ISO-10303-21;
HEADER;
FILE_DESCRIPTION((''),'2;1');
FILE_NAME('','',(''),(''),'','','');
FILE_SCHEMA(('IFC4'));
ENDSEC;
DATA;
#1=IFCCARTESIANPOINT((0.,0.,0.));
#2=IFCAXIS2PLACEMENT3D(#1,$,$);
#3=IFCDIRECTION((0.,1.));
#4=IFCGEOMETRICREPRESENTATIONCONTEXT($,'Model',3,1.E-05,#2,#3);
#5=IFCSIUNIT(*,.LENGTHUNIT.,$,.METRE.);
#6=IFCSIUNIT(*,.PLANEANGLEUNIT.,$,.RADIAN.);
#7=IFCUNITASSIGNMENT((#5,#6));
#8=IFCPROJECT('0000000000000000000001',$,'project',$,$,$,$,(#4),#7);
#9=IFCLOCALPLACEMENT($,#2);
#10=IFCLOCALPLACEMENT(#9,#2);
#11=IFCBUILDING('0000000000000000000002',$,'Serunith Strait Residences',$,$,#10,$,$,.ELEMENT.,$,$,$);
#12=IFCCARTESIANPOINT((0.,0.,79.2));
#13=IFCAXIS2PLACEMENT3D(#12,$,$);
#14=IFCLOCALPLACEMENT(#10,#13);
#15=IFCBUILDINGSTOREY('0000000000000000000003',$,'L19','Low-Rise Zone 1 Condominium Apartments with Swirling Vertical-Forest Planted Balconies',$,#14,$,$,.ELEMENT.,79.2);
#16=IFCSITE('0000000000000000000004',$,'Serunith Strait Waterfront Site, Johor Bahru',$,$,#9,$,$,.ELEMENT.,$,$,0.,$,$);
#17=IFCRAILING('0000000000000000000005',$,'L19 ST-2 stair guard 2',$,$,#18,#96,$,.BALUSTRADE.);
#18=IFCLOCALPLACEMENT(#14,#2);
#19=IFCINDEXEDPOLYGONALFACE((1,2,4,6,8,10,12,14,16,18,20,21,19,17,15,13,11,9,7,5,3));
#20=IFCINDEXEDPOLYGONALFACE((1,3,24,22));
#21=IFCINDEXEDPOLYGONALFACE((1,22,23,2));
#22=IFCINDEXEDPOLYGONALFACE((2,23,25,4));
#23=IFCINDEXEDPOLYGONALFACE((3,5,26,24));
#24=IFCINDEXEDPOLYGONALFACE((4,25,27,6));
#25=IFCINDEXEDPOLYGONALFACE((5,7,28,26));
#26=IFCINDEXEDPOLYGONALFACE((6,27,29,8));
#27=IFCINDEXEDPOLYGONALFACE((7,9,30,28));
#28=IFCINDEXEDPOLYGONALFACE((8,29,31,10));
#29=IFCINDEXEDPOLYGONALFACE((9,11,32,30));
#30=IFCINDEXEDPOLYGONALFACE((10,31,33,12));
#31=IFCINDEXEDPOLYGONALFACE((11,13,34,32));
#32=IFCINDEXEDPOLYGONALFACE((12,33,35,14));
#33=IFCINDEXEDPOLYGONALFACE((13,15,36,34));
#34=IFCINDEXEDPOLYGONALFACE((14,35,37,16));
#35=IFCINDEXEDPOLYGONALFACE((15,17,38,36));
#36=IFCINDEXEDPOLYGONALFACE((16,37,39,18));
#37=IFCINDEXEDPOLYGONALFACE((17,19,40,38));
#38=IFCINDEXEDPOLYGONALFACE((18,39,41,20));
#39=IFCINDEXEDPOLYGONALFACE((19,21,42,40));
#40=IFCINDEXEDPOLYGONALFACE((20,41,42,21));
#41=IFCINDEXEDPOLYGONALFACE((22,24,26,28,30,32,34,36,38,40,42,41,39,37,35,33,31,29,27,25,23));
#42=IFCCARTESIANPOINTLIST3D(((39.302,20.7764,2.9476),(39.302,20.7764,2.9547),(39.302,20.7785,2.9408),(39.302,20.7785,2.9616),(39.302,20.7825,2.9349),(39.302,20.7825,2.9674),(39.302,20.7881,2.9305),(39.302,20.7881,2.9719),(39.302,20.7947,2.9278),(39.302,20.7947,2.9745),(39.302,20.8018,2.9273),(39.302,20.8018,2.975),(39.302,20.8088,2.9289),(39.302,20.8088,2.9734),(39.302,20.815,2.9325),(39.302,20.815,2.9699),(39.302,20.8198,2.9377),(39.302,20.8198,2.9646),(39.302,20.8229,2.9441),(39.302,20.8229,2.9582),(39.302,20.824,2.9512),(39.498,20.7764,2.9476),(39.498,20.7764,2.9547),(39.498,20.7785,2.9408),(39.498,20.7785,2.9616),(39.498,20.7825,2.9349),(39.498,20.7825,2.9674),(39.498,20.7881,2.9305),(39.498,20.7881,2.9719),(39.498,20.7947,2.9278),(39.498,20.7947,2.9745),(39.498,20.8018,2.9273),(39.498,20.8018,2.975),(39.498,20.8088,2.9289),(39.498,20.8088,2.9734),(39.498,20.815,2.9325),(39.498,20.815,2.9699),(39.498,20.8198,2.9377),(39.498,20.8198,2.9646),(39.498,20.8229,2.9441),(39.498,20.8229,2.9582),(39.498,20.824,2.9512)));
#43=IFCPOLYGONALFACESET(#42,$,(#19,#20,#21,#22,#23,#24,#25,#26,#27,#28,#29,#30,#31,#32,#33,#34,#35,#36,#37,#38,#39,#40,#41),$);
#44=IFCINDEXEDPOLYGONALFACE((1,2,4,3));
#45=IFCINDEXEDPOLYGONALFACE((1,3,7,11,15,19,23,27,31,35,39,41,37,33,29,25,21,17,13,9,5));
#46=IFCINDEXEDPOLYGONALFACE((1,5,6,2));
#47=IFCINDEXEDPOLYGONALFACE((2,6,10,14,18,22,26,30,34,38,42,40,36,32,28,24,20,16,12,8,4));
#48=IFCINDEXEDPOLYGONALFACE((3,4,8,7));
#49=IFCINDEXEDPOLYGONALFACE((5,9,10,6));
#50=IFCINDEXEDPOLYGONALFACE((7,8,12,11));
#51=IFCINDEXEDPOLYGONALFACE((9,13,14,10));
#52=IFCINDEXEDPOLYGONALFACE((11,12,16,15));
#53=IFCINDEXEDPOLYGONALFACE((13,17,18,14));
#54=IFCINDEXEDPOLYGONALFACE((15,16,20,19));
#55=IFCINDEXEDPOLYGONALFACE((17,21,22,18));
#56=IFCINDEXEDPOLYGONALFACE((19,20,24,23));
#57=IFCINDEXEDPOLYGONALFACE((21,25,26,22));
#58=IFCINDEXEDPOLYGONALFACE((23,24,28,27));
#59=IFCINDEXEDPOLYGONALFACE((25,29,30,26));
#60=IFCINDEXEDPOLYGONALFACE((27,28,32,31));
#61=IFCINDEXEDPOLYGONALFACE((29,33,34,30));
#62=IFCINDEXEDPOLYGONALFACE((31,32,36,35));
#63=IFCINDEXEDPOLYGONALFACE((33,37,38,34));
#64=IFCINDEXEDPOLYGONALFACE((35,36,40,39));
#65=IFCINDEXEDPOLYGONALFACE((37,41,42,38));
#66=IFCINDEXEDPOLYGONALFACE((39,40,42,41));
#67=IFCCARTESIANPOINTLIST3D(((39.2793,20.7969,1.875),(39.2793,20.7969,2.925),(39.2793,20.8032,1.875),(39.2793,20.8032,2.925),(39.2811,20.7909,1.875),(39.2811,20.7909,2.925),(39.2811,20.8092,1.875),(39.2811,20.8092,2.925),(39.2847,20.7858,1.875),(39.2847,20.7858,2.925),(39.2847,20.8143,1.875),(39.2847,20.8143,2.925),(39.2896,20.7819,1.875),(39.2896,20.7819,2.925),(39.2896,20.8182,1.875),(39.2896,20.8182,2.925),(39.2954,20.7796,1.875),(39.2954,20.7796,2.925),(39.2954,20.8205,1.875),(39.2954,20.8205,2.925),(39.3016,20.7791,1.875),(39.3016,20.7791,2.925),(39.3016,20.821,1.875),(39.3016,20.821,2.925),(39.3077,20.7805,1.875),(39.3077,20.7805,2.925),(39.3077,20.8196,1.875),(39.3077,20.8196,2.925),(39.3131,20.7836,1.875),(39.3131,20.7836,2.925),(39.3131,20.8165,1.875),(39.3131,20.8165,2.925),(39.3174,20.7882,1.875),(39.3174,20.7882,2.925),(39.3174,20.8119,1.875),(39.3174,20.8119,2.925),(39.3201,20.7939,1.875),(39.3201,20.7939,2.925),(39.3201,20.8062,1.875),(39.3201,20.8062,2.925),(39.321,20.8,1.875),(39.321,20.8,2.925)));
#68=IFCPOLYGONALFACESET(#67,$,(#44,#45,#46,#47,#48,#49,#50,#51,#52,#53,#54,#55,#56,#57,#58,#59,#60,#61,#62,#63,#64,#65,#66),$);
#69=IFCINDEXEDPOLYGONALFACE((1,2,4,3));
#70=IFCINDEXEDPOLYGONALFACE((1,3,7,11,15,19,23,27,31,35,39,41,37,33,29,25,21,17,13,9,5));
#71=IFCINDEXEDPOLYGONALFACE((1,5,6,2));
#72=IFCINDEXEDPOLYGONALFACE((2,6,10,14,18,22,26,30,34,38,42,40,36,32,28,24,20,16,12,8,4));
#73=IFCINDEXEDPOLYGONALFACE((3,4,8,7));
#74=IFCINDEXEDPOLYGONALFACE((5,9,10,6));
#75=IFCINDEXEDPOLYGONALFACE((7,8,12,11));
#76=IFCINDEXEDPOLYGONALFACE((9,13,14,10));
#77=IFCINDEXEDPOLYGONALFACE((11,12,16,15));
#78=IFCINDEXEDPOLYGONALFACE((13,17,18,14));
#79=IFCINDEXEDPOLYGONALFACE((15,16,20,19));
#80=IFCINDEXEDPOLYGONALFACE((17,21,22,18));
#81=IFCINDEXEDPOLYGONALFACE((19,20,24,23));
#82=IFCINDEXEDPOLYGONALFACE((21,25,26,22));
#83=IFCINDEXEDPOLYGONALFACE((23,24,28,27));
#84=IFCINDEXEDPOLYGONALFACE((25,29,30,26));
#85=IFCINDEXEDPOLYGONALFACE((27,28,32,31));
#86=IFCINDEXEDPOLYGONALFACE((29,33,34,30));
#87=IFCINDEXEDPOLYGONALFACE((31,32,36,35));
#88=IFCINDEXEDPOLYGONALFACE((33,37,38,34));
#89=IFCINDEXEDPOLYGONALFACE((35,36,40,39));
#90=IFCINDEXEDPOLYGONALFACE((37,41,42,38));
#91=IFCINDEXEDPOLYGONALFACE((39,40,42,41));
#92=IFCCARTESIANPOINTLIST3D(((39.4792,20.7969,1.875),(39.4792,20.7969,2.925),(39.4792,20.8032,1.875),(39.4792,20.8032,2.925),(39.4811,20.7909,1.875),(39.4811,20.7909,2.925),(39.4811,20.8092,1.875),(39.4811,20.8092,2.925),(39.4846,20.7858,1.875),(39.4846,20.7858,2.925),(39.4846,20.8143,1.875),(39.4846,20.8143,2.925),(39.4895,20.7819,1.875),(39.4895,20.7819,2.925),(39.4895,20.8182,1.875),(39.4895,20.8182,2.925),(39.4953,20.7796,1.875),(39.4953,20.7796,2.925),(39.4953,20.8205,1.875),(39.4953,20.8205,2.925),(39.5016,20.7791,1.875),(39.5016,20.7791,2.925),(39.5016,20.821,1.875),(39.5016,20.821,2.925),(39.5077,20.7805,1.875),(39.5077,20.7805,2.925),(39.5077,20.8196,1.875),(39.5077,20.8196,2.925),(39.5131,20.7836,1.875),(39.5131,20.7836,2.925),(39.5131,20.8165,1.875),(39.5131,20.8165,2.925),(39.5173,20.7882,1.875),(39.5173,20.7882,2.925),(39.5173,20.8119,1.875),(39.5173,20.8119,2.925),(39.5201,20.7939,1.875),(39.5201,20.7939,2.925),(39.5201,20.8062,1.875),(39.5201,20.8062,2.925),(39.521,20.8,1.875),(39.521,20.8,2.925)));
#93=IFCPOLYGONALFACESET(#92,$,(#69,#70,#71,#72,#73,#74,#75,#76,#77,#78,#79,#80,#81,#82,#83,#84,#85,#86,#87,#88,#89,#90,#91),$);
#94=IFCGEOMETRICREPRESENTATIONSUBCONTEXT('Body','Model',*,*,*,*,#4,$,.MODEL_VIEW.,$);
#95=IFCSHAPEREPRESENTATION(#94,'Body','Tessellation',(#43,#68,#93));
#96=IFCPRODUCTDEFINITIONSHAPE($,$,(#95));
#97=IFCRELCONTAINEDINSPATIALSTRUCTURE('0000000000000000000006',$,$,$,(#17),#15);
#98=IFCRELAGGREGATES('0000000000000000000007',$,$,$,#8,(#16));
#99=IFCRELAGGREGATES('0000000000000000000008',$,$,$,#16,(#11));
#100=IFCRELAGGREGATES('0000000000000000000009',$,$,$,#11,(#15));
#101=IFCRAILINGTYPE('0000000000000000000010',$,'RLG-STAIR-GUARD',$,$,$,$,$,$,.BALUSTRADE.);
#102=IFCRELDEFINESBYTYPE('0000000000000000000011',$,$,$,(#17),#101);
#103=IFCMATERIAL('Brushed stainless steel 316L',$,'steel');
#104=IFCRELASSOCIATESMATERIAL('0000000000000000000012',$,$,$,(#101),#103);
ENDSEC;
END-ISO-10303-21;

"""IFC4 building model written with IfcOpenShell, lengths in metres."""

from ifc_helpers import new_model, si_unit, direction, frame, origin, origin_2d, place, context, subcontext, project, spatial, circle, extrude, material, type_object, element, save


model = new_model("IFC4")

# Units and contexts
model_context = context("Model", 3, precision=1e-05, world=origin(), true_north=direction((0.0, 1.0)))
body_context = subcontext(model_context, "Body", "Model", "MODEL_VIEW")
ifc_project = project(units=[si_unit("LENGTHUNIT", "METRE"), si_unit("PLANEANGLEUNIT", "RADIAN")], contexts=[model_context])

# Site, building, storey
site_placement = place(None, origin())
site = spatial("IfcSite", under=ifc_project, at=site_placement, Name="Serunith Strait Waterfront Site, Johor Bahru", CompositionType="ELEMENT", RefElevation=0.0)
building_placement = place(site_placement, origin())
building = spatial("IfcBuilding", under=site, at=building_placement, Name="Serunith Strait Residences", CompositionType="ELEMENT")
storey_placement = place(building_placement, frame((0.0, 0.0, 79.2)))
storey = spatial("IfcBuildingStorey", under=building, at=storey_placement, Name="L19", Description="Low-Rise Zone 1 Condominium Apartments with Swirling Vertical-Forest Planted Balconies", CompositionType="ELEMENT", Elevation=79.2)

# Railing
ifc_material_1 = material(Name="Brushed stainless steel 316L", Category="steel")
railing_type_1 = type_object("IfcRailingType", Name="RLG-STAIR-GUARD", PredefinedType="BALUSTRADE", material=ifc_material_1)
railing_1_placement = place(storey_placement, frame((39.3, 20.8, 1.875)))
element("IfcRailing", 1, at=railing_1_placement, inside=storey, type_object=railing_type_1, Name="L19 ST-2 stair guard 2", PredefinedType="BALUSTRADE", context=body_context, shape_type="SweptSolid", body=[
    extrude(circle(Radius=0.0239, at=origin_2d()), frame((0.002, 0.0, 1.0762), z_axis=(1.0, 0.0, 0.0), x_axis=(0.0, 1.0, 0.0)), (0.0, 0.0, 1.0), 0.196),
    extrude(circle(Radius=0.021, at=origin_2d()), origin(), (0.0, 0.0, 1.0), 1.05),
    extrude(circle(Radius=0.021, at=origin_2d()), frame((0.2, 0.0, 0.0)), (0.0, 0.0, 1.0), 1.05),
])

save(model, "model.ifc")
